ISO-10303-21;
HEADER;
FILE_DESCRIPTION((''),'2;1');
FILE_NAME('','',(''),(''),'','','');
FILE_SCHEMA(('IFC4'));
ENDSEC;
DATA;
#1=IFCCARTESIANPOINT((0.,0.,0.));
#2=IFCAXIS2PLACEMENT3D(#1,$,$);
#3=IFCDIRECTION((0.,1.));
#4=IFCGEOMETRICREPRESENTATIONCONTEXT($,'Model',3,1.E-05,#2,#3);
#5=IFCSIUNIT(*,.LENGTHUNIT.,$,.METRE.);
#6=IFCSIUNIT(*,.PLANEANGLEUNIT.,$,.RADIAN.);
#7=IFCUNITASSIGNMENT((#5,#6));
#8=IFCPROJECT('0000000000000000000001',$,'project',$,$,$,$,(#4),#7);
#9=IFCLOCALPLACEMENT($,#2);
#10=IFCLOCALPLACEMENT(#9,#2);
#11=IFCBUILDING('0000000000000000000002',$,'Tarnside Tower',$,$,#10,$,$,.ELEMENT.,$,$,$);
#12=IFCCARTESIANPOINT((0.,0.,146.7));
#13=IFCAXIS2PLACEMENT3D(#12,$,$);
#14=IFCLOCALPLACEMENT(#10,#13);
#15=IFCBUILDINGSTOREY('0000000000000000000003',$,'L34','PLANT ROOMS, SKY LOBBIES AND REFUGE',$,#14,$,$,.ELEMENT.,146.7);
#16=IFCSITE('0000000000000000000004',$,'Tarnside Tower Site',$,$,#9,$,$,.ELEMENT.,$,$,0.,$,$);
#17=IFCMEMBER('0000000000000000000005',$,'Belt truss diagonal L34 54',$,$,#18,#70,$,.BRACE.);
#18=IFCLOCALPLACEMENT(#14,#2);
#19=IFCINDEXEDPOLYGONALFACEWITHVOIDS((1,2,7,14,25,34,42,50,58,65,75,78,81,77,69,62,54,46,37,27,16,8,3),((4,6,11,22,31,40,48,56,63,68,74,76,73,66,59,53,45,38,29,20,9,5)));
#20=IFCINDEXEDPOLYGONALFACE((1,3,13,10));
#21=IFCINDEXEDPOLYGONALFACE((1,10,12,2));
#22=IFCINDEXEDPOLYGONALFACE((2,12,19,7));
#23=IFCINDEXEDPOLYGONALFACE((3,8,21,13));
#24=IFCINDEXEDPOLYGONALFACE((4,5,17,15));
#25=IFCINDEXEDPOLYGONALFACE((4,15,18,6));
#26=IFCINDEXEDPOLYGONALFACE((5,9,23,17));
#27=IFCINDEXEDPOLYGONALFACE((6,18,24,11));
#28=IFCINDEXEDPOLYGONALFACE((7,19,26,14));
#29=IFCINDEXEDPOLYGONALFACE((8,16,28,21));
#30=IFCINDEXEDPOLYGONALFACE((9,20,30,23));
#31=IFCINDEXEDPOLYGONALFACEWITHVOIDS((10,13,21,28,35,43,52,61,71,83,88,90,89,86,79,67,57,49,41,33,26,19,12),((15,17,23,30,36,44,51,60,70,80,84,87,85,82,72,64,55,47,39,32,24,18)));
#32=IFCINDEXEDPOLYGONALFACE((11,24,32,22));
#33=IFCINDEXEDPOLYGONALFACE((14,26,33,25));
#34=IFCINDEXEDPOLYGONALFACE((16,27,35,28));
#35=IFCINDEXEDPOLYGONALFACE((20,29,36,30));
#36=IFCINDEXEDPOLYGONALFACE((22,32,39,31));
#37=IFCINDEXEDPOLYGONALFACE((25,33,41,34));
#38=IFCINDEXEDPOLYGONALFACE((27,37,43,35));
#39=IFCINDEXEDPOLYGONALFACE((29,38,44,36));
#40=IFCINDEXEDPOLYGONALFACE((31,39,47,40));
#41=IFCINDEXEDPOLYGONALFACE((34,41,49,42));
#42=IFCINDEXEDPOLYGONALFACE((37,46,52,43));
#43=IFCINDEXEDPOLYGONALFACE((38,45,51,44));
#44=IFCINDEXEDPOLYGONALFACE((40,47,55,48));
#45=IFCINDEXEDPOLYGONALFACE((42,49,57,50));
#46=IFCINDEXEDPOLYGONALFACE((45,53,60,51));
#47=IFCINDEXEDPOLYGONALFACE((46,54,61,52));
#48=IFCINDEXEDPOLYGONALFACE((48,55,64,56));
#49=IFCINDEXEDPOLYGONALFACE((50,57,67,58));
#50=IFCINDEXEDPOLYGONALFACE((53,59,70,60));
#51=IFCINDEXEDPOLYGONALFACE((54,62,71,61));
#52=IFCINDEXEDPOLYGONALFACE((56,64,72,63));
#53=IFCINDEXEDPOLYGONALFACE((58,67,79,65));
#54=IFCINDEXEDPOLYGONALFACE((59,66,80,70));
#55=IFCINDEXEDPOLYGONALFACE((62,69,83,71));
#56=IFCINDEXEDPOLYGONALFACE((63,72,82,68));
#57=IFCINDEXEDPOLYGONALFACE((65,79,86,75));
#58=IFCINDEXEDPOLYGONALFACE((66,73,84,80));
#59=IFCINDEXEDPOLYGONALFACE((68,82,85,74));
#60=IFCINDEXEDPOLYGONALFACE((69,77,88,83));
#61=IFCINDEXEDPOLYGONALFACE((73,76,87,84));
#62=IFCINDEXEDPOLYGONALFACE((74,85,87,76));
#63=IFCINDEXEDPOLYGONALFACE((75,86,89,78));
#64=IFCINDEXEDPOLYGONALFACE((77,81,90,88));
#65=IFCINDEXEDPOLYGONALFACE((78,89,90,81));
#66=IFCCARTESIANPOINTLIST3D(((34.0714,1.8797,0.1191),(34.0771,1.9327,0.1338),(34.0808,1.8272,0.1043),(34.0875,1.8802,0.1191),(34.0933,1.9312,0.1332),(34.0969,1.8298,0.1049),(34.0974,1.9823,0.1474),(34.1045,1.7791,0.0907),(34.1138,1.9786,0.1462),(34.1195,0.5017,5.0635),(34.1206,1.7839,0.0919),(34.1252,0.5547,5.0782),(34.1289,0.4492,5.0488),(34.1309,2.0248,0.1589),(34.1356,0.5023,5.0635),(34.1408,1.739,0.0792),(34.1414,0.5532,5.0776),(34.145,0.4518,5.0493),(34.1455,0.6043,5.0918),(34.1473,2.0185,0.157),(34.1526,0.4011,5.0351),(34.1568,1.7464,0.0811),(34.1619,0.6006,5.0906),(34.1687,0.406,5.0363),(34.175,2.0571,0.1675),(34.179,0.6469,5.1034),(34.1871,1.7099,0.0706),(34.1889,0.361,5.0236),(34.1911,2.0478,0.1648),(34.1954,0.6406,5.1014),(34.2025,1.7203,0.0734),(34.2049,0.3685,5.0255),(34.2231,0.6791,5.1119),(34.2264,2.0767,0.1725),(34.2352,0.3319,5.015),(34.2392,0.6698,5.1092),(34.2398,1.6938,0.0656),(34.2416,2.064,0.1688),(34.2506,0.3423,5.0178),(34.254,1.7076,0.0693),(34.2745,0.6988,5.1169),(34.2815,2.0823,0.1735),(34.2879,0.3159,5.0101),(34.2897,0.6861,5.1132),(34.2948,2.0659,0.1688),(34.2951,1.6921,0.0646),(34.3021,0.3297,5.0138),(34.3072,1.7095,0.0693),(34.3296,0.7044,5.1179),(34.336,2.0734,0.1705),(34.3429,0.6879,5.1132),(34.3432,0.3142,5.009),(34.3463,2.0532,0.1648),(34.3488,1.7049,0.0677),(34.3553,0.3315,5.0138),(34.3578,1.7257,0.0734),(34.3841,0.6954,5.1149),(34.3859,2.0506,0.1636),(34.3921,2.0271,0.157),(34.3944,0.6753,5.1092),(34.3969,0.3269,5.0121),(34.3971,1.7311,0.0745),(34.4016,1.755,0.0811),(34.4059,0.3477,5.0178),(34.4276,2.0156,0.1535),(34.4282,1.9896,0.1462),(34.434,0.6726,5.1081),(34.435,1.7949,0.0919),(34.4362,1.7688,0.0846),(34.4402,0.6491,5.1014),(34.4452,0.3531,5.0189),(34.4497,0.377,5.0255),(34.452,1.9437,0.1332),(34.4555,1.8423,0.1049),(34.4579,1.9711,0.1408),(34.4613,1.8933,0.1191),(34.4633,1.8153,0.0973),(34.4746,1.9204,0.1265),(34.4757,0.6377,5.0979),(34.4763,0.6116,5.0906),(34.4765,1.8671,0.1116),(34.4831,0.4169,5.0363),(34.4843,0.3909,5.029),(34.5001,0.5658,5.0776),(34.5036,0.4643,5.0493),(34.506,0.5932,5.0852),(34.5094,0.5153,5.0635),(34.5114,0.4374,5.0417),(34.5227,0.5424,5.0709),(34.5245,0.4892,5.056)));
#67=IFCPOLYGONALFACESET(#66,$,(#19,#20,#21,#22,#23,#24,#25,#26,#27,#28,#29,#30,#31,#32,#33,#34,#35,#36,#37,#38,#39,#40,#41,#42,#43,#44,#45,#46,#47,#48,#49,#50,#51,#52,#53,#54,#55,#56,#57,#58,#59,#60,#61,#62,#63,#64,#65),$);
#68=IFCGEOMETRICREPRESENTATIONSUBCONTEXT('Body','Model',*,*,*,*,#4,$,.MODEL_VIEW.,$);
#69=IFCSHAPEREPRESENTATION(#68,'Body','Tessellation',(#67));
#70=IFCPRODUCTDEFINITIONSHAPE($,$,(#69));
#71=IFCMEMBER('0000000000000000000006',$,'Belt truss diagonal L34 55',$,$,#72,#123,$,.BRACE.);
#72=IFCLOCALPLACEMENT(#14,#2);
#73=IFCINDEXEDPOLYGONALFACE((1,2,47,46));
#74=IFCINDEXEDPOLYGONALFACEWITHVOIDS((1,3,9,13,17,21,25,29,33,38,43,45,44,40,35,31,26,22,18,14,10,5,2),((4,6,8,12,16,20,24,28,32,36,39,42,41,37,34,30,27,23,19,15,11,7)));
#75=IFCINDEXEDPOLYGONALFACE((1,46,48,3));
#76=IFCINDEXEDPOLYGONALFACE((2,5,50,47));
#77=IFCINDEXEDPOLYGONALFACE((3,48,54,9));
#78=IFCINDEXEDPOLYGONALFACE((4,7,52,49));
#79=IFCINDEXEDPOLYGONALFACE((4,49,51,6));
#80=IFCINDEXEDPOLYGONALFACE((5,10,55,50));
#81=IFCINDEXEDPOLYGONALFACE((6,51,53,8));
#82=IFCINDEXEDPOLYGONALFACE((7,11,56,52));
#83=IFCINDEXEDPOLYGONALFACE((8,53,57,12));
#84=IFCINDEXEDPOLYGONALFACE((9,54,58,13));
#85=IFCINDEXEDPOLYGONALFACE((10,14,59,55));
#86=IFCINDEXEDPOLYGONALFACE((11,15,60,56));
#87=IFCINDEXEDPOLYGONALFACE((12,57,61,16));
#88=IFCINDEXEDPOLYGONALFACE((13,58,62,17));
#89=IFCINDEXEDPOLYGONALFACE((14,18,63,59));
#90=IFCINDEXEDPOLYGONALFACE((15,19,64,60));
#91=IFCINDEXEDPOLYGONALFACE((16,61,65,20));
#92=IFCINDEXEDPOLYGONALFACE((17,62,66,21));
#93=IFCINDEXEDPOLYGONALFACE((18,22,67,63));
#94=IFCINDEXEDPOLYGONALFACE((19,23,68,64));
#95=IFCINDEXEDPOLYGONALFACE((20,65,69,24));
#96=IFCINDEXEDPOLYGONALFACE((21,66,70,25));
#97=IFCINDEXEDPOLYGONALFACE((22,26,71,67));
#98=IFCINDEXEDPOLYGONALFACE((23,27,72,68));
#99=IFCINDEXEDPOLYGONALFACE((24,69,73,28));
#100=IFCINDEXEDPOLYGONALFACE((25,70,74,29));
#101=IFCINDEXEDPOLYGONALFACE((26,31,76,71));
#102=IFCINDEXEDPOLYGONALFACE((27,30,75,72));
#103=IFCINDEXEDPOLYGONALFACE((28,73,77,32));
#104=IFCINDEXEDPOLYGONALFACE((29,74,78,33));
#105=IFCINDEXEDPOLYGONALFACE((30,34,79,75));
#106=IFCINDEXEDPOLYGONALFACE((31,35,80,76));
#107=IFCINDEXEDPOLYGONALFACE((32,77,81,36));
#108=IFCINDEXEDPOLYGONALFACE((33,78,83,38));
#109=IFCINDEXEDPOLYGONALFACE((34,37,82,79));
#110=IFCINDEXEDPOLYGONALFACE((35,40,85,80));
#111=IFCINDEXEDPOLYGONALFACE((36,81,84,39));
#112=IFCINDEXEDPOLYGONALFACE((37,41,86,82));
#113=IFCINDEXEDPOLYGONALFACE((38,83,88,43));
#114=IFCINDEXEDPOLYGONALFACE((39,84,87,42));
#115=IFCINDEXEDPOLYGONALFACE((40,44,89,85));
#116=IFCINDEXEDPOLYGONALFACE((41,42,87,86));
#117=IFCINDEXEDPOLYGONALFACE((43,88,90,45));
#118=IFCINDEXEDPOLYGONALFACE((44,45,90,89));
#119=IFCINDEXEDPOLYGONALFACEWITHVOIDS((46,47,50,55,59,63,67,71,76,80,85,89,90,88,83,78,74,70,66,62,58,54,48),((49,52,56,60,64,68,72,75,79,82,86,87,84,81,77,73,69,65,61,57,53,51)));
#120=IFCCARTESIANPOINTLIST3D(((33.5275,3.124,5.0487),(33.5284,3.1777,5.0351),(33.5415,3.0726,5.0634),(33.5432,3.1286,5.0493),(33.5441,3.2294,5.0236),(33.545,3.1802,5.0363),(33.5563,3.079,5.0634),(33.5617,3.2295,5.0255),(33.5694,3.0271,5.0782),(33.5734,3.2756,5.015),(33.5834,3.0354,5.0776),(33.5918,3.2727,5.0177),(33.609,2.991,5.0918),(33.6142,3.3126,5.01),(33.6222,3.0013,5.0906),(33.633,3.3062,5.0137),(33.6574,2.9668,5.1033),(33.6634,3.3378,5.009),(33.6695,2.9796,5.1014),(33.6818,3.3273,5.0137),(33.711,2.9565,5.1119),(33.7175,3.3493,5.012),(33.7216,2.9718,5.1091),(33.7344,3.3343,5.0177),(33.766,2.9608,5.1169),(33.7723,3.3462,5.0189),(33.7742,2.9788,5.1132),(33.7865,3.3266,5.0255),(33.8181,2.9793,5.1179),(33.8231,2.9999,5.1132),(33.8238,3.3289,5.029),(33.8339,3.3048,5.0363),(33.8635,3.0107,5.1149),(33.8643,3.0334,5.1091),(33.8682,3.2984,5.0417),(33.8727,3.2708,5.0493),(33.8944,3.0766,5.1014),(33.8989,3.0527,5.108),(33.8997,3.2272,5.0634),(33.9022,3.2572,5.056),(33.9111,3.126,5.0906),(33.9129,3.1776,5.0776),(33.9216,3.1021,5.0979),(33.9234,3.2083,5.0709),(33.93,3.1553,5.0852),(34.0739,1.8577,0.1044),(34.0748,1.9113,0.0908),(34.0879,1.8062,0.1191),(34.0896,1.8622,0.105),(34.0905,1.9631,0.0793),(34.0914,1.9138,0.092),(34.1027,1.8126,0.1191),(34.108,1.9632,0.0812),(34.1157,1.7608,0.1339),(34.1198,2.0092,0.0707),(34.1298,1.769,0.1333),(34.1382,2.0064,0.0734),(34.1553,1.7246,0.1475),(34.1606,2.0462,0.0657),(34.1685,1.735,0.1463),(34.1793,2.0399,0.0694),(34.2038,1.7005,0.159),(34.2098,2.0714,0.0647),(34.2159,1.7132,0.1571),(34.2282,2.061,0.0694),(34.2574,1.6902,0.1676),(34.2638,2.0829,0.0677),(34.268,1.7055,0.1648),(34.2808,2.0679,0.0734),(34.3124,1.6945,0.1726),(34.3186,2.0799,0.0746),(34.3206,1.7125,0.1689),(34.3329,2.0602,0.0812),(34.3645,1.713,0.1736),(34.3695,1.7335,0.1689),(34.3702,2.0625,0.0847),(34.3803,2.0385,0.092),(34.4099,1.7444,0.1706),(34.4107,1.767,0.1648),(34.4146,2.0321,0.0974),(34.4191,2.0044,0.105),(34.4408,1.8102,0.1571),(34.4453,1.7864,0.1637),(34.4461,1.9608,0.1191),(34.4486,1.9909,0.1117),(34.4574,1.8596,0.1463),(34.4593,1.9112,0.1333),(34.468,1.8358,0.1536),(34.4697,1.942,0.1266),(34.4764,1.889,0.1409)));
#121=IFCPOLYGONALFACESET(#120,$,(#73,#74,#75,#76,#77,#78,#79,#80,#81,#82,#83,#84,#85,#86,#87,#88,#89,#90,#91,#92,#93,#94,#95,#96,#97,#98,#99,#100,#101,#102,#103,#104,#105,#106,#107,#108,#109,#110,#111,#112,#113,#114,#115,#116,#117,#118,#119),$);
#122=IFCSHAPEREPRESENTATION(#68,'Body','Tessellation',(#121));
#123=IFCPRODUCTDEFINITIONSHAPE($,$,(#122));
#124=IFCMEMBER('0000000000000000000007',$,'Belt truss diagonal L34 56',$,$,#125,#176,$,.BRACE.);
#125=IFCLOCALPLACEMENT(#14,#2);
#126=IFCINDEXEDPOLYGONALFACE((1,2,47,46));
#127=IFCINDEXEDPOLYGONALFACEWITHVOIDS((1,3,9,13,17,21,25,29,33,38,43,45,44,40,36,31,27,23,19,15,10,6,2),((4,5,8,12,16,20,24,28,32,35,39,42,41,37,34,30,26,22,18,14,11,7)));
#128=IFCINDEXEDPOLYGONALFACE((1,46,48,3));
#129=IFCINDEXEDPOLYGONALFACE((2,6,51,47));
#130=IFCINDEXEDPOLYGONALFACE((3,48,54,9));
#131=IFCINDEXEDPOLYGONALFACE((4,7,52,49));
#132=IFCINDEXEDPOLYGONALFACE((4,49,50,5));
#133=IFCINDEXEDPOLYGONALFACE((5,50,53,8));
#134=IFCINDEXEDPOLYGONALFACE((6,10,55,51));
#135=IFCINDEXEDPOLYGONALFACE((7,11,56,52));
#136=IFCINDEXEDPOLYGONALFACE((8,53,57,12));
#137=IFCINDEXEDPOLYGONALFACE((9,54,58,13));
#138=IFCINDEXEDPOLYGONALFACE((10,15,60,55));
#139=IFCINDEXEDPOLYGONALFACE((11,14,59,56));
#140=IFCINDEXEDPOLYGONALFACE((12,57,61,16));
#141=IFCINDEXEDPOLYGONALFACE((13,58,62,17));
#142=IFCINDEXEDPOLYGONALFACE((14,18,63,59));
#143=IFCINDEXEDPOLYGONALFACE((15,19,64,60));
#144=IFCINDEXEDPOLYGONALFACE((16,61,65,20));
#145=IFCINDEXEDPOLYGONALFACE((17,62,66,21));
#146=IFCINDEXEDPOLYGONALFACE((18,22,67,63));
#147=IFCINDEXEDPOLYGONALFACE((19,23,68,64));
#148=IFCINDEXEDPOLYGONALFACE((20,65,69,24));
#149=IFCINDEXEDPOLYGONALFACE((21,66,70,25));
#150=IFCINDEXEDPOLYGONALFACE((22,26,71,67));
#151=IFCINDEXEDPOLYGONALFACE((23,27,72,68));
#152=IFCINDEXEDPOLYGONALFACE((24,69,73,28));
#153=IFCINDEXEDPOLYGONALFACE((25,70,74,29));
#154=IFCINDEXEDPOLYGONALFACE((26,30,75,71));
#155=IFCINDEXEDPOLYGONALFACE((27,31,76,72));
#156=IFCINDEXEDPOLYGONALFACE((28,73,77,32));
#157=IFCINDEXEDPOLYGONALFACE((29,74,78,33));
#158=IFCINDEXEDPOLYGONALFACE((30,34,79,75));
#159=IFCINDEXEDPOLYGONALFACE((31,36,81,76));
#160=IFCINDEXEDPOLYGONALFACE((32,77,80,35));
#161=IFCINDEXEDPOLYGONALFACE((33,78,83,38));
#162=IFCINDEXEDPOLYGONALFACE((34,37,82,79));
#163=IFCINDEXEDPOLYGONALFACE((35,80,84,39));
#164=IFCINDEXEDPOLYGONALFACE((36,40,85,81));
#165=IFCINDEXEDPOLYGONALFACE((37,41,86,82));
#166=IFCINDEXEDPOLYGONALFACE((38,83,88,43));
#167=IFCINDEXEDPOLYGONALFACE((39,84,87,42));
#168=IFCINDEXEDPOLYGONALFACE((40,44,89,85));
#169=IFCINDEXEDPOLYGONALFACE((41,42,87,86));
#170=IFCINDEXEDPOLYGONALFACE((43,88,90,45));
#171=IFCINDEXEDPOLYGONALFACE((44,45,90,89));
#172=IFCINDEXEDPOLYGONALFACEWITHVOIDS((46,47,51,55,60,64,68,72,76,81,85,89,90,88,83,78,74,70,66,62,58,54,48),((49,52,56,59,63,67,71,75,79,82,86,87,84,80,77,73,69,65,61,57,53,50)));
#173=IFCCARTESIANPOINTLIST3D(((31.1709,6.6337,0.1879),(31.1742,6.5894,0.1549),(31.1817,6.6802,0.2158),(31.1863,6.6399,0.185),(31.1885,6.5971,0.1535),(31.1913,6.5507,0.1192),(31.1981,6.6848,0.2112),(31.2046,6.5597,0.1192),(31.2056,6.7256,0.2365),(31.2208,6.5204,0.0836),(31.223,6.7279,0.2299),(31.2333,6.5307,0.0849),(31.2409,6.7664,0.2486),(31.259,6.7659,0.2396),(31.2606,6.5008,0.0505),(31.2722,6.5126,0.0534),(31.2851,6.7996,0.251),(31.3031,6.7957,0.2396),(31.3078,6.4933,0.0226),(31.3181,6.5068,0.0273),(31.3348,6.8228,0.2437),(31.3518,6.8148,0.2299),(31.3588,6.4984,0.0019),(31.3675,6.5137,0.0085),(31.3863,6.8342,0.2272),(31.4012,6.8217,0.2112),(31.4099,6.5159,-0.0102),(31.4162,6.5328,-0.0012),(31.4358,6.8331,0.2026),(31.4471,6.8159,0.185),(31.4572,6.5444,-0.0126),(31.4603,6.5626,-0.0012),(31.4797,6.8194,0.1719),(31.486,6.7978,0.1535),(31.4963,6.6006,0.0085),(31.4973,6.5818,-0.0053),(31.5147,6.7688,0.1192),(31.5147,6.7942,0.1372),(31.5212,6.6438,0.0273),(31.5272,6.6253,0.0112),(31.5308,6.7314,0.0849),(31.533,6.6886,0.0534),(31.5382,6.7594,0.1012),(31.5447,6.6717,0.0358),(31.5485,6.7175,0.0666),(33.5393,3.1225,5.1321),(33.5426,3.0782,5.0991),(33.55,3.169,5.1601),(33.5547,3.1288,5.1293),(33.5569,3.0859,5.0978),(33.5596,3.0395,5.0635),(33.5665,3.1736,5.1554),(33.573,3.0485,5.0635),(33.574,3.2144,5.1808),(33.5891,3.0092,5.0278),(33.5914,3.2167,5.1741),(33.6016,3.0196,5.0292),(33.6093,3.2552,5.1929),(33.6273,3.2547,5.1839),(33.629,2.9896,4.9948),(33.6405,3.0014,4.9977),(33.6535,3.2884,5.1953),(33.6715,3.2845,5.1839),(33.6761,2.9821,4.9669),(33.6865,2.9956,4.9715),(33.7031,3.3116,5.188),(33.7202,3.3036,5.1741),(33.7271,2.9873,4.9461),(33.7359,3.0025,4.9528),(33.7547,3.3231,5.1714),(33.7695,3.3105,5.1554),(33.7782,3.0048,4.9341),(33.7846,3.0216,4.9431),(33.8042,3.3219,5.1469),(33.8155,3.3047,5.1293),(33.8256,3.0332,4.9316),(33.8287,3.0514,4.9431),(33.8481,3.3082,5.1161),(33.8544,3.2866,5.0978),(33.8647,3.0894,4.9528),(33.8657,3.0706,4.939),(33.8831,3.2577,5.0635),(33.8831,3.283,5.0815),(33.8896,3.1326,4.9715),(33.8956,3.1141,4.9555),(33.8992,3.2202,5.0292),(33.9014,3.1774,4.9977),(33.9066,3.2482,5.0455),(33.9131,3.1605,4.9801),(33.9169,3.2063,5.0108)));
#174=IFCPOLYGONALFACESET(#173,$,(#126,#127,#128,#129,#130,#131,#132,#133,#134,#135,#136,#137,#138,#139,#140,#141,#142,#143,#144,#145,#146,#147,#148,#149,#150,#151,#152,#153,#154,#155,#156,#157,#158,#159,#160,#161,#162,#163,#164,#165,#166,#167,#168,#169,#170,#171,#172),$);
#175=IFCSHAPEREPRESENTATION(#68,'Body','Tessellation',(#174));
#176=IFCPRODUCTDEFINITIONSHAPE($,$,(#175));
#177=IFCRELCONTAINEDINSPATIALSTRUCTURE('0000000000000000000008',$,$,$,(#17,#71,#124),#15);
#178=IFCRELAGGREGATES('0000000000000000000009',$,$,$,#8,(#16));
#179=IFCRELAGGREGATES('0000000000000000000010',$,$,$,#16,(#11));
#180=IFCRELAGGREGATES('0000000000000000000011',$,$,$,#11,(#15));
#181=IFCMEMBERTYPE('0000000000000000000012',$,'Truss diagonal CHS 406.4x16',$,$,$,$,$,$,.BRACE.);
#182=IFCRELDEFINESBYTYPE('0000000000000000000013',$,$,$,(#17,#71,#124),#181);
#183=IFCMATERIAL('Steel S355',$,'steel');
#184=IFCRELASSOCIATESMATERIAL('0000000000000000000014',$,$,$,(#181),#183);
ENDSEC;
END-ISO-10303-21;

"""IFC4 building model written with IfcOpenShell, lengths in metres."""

from ifc_helpers import new_model, si_unit, direction, frame, origin, origin_2d, place, context, subcontext, project, spatial, hollow_circle, extrude, material, material_profile, profile_set, type_object, element, save


model = new_model("IFC4")

# Units and contexts
model_context = context("Model", 3, precision=1e-05, world=origin(), true_north=direction((0.0, 1.0)))
body_context = subcontext(model_context, "Body", "Model", "MODEL_VIEW")
ifc_project = project(units=[si_unit("LENGTHUNIT", "METRE"), si_unit("PLANEANGLEUNIT", "RADIAN")], contexts=[model_context])

# Site, building, storey
site_placement = place(None, origin())
site = spatial("IfcSite", under=ifc_project, at=site_placement, Name="Tarnside Tower Site", CompositionType="ELEMENT", RefElevation=0.0)
building_placement = place(site_placement, origin())
building = spatial("IfcBuilding", under=site, at=building_placement, Name="Tarnside Tower", CompositionType="ELEMENT")
storey_placement = place(building_placement, frame((0.0, 0.0, 146.7)))
storey = spatial("IfcBuildingStorey", under=building, at=storey_placement, Name="L34", Description="PLANT ROOMS, SKY LOBBIES AND REFUGE", CompositionType="ELEMENT", Elevation=146.7)

# Shared definitions
ifc_material_1 = material(Name="Steel S355", Category="steel")

# Members
ifc_material_profile_1 = material_profile(ifc_material_1, hollow_circle(Radius=0.2031, WallThickness=0.0161, at=origin_2d()), Name="CHS 406.4x16")
ifc_profile_set_1 = profile_set([ifc_material_profile_1], Name="Steel S355")
member_type_1 = type_object("IfcMemberType", Name="Truss diagonal CHS 406.4x16", PredefinedType="BRACE", material=ifc_profile_set_1)
for number, where, z_axis, x_axis, name in (
    (1, (34.3225, 0.5088, 5.0635), (-0.00937, 0.268446, -0.963249), (-0.999391, -0.034883, 0.0), "Belt truss diagonal L34 54"),
    (2, (34.2744, 1.8867, 0.1191), (-0.106444, 0.246704, 0.963227), (-0.918181, -0.396161, 0.0), "Belt truss diagonal L34 55"),
):
    element("IfcMember", number, at=place(storey_placement, frame(where, z_axis=z_axis, x_axis=x_axis)), inside=storey, type_object=member_type_1, Name=name, PredefinedType="BRACE", context=body_context, shape_type="SweptSolid", body=[
        extrude(hollow_circle(Radius=0.2031, WallThickness=0.0161, at=origin_2d()), origin(), (0.0, 0.0, 1.0), 5.1331),
    ])
member_1_placement = place(storey_placement, frame((33.728, 3.1531, 5.0635), z_axis=(-0.363792, 0.539331, -0.759459), x_axis=(-0.829032, -0.559202, 0.0)))
element("IfcMember", 3, at=member_1_placement, inside=storey, type_object=member_type_1, Name="Belt truss diagonal L34 56", PredefinedType="BRACE", context=body_context, shape_type="SweptSolid", body=[
    extrude(hollow_circle(Radius=0.2031, WallThickness=0.0161, at=origin_2d()), origin(), (0.0, 0.0, 1.0), 6.5103),
])

save(model, "model.ifc")
